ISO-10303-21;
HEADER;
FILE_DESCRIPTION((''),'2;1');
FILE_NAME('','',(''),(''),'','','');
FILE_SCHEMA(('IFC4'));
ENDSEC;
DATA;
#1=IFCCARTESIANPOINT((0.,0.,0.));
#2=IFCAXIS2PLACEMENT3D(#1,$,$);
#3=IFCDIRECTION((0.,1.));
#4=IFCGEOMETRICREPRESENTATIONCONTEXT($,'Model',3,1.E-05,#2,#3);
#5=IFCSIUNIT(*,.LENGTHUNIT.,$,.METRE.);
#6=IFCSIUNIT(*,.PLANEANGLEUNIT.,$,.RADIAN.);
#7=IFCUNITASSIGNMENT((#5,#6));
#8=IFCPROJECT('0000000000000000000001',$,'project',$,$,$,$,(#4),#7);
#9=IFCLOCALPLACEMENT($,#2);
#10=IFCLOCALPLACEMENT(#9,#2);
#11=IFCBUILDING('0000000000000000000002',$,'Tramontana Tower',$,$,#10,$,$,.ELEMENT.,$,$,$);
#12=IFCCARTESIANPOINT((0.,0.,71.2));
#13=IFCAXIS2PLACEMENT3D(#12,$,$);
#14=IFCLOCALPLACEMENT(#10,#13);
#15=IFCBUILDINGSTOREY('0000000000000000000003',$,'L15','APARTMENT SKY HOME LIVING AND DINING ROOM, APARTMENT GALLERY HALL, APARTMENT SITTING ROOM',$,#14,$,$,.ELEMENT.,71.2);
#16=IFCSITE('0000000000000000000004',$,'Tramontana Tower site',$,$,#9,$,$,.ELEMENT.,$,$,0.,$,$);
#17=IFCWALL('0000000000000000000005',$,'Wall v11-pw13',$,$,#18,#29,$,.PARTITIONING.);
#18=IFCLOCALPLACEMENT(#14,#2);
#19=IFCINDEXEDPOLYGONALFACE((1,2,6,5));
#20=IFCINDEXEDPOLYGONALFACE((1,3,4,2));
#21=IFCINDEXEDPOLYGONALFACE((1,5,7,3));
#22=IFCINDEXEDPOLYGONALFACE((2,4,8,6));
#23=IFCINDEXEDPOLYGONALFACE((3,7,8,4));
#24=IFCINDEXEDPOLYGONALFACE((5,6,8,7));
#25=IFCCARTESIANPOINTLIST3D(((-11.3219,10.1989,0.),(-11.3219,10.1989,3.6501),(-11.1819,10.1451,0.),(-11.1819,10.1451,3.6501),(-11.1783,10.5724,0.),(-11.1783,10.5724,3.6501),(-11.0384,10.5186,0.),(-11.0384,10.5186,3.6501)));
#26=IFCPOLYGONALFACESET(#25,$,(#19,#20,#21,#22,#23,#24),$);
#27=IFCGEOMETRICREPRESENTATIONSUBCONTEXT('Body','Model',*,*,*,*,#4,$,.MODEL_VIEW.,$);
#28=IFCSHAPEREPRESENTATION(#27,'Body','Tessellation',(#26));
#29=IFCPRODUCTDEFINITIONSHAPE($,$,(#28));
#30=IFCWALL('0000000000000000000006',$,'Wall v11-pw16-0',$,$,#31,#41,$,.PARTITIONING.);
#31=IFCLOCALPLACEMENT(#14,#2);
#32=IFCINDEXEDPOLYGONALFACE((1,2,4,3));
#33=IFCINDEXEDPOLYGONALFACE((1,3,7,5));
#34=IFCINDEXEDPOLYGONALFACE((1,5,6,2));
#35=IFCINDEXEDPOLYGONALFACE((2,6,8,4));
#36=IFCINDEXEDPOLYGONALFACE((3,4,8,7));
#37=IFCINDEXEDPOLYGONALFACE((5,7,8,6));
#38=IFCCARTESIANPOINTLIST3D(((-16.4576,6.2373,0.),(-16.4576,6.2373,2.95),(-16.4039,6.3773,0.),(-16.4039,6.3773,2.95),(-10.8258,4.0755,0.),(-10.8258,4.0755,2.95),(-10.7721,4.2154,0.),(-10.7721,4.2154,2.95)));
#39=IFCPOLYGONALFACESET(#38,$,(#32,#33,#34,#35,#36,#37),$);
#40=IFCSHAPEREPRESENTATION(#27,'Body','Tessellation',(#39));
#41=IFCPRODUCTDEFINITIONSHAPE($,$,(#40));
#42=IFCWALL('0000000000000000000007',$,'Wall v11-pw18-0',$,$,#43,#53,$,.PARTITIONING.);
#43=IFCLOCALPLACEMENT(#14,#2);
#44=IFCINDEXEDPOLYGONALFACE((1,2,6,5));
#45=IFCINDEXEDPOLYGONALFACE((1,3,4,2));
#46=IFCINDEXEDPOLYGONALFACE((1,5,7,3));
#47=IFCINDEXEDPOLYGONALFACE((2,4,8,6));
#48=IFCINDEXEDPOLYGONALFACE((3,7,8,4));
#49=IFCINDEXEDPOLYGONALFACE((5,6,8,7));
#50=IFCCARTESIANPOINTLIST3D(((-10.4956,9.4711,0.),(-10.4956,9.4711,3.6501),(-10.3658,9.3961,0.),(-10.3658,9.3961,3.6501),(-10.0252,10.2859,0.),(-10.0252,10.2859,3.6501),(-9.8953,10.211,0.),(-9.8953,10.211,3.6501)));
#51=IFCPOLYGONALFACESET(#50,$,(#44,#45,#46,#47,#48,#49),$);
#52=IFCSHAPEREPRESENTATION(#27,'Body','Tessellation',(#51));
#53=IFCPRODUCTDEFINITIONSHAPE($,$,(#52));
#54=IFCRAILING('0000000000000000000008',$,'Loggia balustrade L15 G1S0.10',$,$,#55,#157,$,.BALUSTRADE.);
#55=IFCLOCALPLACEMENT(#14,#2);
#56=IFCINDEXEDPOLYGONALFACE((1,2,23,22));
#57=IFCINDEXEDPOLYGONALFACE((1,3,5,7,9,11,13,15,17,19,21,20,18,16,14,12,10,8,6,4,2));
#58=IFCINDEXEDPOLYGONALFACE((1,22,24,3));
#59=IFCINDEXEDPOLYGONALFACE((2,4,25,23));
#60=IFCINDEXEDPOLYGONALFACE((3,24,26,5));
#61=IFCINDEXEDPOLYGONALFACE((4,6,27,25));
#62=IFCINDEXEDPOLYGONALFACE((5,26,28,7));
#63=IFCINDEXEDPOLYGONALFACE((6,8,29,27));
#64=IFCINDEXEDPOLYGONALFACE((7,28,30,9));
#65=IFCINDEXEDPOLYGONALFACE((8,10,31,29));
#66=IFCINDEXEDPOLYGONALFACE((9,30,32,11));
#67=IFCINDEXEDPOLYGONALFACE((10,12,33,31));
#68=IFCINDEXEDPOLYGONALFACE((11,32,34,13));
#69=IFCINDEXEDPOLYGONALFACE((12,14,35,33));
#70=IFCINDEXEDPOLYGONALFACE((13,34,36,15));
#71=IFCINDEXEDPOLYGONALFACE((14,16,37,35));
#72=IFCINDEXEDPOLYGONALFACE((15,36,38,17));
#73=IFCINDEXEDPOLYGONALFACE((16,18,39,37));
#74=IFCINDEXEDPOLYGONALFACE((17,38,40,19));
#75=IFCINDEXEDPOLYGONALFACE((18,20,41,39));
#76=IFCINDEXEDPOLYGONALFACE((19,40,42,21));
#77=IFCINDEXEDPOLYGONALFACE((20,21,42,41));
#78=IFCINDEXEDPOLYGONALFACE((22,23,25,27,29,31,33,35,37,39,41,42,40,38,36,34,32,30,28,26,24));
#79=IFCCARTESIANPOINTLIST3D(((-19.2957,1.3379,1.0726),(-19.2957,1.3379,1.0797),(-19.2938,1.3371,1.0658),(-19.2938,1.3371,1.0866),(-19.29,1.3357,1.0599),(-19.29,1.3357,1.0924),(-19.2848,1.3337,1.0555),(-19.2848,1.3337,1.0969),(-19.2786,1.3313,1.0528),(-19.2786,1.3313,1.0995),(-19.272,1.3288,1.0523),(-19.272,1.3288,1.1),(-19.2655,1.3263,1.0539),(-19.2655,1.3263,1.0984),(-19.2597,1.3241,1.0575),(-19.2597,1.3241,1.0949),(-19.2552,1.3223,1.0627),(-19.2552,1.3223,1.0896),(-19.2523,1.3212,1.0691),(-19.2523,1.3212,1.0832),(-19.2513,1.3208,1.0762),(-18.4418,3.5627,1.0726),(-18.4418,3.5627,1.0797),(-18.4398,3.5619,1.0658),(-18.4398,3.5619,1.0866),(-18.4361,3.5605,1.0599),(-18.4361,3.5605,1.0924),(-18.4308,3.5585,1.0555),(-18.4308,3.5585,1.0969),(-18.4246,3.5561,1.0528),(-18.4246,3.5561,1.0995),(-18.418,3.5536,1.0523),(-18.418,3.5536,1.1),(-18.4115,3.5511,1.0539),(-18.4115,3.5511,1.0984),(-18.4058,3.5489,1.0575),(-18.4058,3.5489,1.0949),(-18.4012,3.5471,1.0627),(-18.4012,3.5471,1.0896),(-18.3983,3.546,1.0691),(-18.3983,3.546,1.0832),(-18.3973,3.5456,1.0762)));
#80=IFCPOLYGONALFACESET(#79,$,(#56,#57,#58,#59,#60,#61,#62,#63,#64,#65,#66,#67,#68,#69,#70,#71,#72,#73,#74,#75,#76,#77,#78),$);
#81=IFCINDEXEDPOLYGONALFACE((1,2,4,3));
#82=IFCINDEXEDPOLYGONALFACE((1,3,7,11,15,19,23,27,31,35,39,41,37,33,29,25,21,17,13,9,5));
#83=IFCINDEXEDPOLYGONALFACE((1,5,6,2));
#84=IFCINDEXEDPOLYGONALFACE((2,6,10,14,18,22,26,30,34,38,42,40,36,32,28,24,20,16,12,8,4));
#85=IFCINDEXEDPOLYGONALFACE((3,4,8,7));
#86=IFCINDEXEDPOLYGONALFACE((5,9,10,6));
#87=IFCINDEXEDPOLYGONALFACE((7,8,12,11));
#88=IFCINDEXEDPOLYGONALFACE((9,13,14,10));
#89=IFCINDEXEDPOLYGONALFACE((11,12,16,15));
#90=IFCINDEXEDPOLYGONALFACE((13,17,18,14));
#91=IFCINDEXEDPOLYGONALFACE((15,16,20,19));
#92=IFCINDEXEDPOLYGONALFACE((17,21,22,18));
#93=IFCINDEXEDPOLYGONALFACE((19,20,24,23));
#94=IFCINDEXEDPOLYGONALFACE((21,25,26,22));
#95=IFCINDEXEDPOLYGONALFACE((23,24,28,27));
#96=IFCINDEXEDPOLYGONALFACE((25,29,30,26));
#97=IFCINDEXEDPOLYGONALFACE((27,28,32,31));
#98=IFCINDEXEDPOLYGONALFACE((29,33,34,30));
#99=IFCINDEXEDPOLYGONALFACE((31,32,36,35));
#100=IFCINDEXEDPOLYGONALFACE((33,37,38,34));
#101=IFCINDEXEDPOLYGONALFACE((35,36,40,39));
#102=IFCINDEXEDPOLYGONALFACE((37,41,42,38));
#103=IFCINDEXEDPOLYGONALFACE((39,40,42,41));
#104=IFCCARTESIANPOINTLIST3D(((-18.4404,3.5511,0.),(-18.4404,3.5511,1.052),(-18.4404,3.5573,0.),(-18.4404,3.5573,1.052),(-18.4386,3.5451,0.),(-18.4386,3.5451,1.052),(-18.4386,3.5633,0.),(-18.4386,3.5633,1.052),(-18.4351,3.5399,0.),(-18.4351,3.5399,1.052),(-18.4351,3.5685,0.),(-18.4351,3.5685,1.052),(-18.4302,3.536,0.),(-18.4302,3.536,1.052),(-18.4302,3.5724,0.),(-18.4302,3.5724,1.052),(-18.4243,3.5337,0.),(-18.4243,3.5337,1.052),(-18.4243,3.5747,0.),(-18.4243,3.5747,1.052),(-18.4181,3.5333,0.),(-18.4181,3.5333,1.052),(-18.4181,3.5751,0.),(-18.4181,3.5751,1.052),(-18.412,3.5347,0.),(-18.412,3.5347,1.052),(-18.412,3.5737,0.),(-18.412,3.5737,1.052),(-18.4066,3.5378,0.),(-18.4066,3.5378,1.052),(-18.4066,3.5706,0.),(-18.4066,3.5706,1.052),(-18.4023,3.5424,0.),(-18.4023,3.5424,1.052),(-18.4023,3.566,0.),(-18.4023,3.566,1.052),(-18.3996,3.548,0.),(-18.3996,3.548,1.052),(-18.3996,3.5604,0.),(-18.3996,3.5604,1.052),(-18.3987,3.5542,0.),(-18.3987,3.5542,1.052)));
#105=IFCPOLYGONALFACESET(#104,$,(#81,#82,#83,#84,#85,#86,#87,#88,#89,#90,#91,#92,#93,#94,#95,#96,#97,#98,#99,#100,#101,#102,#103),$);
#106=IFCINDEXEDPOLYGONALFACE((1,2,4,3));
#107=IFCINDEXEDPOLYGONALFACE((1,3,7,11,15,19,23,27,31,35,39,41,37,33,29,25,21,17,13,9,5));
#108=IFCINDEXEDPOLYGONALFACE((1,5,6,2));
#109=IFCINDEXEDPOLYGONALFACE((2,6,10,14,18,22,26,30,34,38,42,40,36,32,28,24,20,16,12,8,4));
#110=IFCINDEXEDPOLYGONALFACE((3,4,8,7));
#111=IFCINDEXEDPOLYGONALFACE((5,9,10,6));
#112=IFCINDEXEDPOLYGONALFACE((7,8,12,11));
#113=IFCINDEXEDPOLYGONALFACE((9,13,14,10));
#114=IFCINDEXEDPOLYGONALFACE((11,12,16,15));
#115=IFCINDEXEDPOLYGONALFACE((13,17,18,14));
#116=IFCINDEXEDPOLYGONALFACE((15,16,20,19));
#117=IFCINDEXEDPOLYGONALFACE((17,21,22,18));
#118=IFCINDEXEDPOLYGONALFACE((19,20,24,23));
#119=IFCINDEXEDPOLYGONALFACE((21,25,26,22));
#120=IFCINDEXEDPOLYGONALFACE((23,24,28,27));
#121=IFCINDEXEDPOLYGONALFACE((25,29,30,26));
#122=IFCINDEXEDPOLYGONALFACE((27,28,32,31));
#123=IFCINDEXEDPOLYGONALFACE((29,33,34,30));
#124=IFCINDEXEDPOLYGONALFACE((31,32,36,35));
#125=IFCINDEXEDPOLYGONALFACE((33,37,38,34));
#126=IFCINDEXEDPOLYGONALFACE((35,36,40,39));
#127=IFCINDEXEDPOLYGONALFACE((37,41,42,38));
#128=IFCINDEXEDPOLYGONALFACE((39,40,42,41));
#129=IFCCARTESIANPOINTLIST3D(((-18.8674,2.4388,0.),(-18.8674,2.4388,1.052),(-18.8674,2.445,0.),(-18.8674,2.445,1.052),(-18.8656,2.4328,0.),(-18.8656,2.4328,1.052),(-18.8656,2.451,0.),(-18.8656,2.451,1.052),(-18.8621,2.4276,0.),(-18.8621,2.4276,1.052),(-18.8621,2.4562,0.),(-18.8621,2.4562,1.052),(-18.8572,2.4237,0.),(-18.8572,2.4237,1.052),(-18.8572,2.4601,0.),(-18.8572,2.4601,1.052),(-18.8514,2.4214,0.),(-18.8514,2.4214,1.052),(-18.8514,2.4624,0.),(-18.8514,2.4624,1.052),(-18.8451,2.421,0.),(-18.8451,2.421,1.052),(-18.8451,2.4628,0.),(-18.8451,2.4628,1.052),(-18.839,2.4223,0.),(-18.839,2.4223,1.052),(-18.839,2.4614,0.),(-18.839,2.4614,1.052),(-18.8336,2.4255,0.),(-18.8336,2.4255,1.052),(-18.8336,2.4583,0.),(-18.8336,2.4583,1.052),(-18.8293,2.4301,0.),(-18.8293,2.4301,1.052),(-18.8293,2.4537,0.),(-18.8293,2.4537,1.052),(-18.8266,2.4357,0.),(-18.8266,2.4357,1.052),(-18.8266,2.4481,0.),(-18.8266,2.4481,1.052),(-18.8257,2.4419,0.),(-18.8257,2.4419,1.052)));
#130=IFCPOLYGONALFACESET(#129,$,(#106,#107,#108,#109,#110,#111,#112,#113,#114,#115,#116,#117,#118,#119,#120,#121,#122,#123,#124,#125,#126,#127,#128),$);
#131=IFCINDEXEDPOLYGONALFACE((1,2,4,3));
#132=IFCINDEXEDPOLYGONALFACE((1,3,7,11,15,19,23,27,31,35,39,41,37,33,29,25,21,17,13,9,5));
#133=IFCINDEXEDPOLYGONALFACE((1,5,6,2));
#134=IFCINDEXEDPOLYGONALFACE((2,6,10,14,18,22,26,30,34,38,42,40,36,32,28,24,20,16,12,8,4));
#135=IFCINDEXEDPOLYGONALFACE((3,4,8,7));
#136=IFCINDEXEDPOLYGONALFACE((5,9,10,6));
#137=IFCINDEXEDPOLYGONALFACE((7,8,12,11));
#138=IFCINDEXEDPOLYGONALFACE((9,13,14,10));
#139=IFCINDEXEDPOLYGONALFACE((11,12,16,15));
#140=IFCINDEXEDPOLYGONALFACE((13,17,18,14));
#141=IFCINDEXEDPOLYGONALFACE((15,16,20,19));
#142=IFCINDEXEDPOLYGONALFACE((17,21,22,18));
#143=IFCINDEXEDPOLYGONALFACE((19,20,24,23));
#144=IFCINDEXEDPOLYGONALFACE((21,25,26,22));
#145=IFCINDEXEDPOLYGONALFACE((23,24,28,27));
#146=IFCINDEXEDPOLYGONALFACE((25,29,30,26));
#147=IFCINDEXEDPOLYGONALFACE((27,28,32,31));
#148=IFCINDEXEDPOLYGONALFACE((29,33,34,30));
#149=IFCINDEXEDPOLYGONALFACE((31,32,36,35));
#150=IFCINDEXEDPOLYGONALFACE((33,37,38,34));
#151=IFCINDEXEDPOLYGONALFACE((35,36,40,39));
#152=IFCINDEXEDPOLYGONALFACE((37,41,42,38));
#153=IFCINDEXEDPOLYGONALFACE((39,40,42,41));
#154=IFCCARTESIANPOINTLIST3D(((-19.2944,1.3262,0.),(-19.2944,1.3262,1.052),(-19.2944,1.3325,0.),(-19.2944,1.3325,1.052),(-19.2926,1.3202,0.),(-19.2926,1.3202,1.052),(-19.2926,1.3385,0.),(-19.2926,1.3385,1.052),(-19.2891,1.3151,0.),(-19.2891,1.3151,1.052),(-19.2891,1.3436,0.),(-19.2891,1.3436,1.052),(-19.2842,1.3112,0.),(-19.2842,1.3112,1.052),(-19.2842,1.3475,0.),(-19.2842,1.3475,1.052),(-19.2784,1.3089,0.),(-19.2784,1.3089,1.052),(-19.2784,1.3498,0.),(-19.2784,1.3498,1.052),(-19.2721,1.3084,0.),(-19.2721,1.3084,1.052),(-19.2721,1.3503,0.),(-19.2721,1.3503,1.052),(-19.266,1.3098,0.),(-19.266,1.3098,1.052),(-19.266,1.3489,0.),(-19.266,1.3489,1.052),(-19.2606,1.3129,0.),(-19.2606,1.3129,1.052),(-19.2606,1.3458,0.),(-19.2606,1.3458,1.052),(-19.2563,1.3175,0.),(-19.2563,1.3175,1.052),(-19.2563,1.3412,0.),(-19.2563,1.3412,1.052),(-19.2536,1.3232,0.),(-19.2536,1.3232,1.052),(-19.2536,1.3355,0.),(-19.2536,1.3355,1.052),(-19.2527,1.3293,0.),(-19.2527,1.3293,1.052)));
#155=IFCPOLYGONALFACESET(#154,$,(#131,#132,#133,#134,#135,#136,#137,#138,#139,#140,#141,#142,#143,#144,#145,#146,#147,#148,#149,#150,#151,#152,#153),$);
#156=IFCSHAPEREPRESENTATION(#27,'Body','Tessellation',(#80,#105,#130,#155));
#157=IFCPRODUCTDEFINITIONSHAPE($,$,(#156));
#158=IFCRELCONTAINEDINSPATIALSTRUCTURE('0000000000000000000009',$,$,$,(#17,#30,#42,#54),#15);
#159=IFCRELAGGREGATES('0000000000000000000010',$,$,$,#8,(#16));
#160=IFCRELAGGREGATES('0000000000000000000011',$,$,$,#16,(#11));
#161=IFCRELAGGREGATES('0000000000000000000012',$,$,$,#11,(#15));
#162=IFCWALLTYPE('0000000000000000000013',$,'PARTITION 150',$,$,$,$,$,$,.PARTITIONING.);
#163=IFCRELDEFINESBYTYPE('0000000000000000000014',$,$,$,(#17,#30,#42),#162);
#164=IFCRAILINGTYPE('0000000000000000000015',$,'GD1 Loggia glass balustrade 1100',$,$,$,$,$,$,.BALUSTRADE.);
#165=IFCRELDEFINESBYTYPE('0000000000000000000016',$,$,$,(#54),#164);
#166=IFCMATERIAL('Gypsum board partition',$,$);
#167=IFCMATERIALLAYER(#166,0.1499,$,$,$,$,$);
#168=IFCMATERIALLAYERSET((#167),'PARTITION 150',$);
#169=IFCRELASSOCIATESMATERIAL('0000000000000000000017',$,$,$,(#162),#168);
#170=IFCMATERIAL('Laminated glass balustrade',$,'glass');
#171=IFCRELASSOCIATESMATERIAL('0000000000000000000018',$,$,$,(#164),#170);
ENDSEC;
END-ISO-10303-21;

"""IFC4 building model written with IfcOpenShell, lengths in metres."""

from ifc_helpers import new_model, si_unit, direction, frame, frame_2d, origin, origin_2d, place, context, subcontext, project, spatial, rectangle, circle, extrude, material, layer, layer_set, type_object, element, save


model = new_model("IFC4")

# Units and contexts
model_context = context("Model", 3, precision=1e-05, world=origin(), true_north=direction((0.0, 1.0)))
body_context = subcontext(model_context, "Body", "Model", "MODEL_VIEW")
ifc_project = project(units=[si_unit("LENGTHUNIT", "METRE"), si_unit("PLANEANGLEUNIT", "RADIAN")], contexts=[model_context])

# Site, building, storey
site_placement = place(None, origin())
site = spatial("IfcSite", under=ifc_project, at=site_placement, Name="Tramontana Tower site", CompositionType="ELEMENT", RefElevation=0.0)
building_placement = place(site_placement, origin())
building = spatial("IfcBuilding", under=site, at=building_placement, Name="Tramontana Tower", CompositionType="ELEMENT")
storey_placement = place(building_placement, frame((0.0, 0.0, 71.2)))
storey = spatial("IfcBuildingStorey", under=building, at=storey_placement, Name="L15", Description="APARTMENT SKY HOME LIVING AND DINING ROOM, APARTMENT GALLERY HALL, APARTMENT SITTING ROOM", CompositionType="ELEMENT", Elevation=71.2)

# Shared definitions
ifc_material_1 = material(Name="Gypsum board partition")
ifc_layer_1 = layer(ifc_material_1, 0.1499)
ifc_layer_set_1 = layer_set([ifc_layer_1], Name="PARTITION 150")
wall_type_1 = type_object("IfcWallType", Name="PARTITION 150", PredefinedType="PARTITIONING", material=ifc_layer_set_1)

# Walls
wall_1_placement = place(storey_placement, frame((-11.252, 10.1719, 0.0), z_axis=(0.0, 0.0, 1.0), x_axis=(0.358734, 0.93344, 0.0)))
element("IfcWall", 1, at=wall_1_placement, inside=storey, type_object=wall_type_1, Name="Wall v11-pw13", PredefinedType="PARTITIONING", context=body_context, shape_type="SweptSolid", body=[
    extrude(rectangle(XDim=0.4001, YDim=0.1499, at=frame_2d((0.2002, 0.0))), origin(), (0.0, 0.0, 1.0), 3.6501),
])
wall_2_placement = place(storey_placement, frame((-10.7991, 4.1455, 0.0), z_axis=(0.0, 0.0, 1.0), x_axis=(-0.93358, 0.358369, 0.0)))
element("IfcWall", 2, at=wall_2_placement, inside=storey, type_object=wall_type_1, Name="Wall v11-pw16-0", PredefinedType="PARTITIONING", context=body_context, shape_type="SweptSolid", body=[
    extrude(rectangle(XDim=6.0325, YDim=0.1499, at=frame_2d((3.0161, 0.0))), origin(), (0.0, 0.0, 1.0), 2.95),
])
wall_3_placement = place(storey_placement, frame((-10.4307, 9.4336, 0.0), z_axis=(0.0, 0.0, 1.0), x_axis=(0.499962, 0.866047, 0.0)))
element("IfcWall", 3, at=wall_3_placement, inside=storey, type_object=wall_type_1, Name="Wall v11-pw18-0", PredefinedType="PARTITIONING", context=body_context, shape_type="SweptSolid", body=[
    extrude(rectangle(XDim=0.9409, YDim=0.1499, at=frame_2d((0.4705, 0.0))), origin(), (0.0, 0.0, 1.0), 3.6501),
])

# Railing
ifc_material_2 = material(Name="Laminated glass balustrade", Category="glass")
railing_type = type_object("IfcRailingType", Name="GD1 Loggia glass balustrade 1100", PredefinedType="BALUSTRADE", material=ifc_material_2)
railing_placement = place(storey_placement, frame((-18.4197, 3.5542, 0.0)))
element("IfcRailing", 4, at=railing_placement, inside=storey, type_object=railing_type, Name="Loggia balustrade L15 G1S0.10", PredefinedType="BALUSTRADE", context=body_context, shape_type="SweptSolid", body=[
    extrude(circle(Radius=0.0239, at=origin_2d()), frame((0.0, 0.0, 1.0762), z_axis=(-0.358354, -0.933586, 0.0), x_axis=(0.933586, -0.358354, 0.0)), (0.0, 0.0, 1.0), 2.3831),
    extrude(circle(Radius=0.021, at=origin_2d()), origin(), (0.0, 0.0, 1.0), 1.052),
    extrude(circle(Radius=0.021, at=origin_2d()), frame((-0.427, -1.1123, 0.0)), (0.0, 0.0, 1.0), 1.052),
    extrude(circle(Radius=0.021, at=origin_2d()), frame((-0.854, -2.2249, 0.0)), (0.0, 0.0, 1.0), 1.052),
])

save(model, "model.ifc")
